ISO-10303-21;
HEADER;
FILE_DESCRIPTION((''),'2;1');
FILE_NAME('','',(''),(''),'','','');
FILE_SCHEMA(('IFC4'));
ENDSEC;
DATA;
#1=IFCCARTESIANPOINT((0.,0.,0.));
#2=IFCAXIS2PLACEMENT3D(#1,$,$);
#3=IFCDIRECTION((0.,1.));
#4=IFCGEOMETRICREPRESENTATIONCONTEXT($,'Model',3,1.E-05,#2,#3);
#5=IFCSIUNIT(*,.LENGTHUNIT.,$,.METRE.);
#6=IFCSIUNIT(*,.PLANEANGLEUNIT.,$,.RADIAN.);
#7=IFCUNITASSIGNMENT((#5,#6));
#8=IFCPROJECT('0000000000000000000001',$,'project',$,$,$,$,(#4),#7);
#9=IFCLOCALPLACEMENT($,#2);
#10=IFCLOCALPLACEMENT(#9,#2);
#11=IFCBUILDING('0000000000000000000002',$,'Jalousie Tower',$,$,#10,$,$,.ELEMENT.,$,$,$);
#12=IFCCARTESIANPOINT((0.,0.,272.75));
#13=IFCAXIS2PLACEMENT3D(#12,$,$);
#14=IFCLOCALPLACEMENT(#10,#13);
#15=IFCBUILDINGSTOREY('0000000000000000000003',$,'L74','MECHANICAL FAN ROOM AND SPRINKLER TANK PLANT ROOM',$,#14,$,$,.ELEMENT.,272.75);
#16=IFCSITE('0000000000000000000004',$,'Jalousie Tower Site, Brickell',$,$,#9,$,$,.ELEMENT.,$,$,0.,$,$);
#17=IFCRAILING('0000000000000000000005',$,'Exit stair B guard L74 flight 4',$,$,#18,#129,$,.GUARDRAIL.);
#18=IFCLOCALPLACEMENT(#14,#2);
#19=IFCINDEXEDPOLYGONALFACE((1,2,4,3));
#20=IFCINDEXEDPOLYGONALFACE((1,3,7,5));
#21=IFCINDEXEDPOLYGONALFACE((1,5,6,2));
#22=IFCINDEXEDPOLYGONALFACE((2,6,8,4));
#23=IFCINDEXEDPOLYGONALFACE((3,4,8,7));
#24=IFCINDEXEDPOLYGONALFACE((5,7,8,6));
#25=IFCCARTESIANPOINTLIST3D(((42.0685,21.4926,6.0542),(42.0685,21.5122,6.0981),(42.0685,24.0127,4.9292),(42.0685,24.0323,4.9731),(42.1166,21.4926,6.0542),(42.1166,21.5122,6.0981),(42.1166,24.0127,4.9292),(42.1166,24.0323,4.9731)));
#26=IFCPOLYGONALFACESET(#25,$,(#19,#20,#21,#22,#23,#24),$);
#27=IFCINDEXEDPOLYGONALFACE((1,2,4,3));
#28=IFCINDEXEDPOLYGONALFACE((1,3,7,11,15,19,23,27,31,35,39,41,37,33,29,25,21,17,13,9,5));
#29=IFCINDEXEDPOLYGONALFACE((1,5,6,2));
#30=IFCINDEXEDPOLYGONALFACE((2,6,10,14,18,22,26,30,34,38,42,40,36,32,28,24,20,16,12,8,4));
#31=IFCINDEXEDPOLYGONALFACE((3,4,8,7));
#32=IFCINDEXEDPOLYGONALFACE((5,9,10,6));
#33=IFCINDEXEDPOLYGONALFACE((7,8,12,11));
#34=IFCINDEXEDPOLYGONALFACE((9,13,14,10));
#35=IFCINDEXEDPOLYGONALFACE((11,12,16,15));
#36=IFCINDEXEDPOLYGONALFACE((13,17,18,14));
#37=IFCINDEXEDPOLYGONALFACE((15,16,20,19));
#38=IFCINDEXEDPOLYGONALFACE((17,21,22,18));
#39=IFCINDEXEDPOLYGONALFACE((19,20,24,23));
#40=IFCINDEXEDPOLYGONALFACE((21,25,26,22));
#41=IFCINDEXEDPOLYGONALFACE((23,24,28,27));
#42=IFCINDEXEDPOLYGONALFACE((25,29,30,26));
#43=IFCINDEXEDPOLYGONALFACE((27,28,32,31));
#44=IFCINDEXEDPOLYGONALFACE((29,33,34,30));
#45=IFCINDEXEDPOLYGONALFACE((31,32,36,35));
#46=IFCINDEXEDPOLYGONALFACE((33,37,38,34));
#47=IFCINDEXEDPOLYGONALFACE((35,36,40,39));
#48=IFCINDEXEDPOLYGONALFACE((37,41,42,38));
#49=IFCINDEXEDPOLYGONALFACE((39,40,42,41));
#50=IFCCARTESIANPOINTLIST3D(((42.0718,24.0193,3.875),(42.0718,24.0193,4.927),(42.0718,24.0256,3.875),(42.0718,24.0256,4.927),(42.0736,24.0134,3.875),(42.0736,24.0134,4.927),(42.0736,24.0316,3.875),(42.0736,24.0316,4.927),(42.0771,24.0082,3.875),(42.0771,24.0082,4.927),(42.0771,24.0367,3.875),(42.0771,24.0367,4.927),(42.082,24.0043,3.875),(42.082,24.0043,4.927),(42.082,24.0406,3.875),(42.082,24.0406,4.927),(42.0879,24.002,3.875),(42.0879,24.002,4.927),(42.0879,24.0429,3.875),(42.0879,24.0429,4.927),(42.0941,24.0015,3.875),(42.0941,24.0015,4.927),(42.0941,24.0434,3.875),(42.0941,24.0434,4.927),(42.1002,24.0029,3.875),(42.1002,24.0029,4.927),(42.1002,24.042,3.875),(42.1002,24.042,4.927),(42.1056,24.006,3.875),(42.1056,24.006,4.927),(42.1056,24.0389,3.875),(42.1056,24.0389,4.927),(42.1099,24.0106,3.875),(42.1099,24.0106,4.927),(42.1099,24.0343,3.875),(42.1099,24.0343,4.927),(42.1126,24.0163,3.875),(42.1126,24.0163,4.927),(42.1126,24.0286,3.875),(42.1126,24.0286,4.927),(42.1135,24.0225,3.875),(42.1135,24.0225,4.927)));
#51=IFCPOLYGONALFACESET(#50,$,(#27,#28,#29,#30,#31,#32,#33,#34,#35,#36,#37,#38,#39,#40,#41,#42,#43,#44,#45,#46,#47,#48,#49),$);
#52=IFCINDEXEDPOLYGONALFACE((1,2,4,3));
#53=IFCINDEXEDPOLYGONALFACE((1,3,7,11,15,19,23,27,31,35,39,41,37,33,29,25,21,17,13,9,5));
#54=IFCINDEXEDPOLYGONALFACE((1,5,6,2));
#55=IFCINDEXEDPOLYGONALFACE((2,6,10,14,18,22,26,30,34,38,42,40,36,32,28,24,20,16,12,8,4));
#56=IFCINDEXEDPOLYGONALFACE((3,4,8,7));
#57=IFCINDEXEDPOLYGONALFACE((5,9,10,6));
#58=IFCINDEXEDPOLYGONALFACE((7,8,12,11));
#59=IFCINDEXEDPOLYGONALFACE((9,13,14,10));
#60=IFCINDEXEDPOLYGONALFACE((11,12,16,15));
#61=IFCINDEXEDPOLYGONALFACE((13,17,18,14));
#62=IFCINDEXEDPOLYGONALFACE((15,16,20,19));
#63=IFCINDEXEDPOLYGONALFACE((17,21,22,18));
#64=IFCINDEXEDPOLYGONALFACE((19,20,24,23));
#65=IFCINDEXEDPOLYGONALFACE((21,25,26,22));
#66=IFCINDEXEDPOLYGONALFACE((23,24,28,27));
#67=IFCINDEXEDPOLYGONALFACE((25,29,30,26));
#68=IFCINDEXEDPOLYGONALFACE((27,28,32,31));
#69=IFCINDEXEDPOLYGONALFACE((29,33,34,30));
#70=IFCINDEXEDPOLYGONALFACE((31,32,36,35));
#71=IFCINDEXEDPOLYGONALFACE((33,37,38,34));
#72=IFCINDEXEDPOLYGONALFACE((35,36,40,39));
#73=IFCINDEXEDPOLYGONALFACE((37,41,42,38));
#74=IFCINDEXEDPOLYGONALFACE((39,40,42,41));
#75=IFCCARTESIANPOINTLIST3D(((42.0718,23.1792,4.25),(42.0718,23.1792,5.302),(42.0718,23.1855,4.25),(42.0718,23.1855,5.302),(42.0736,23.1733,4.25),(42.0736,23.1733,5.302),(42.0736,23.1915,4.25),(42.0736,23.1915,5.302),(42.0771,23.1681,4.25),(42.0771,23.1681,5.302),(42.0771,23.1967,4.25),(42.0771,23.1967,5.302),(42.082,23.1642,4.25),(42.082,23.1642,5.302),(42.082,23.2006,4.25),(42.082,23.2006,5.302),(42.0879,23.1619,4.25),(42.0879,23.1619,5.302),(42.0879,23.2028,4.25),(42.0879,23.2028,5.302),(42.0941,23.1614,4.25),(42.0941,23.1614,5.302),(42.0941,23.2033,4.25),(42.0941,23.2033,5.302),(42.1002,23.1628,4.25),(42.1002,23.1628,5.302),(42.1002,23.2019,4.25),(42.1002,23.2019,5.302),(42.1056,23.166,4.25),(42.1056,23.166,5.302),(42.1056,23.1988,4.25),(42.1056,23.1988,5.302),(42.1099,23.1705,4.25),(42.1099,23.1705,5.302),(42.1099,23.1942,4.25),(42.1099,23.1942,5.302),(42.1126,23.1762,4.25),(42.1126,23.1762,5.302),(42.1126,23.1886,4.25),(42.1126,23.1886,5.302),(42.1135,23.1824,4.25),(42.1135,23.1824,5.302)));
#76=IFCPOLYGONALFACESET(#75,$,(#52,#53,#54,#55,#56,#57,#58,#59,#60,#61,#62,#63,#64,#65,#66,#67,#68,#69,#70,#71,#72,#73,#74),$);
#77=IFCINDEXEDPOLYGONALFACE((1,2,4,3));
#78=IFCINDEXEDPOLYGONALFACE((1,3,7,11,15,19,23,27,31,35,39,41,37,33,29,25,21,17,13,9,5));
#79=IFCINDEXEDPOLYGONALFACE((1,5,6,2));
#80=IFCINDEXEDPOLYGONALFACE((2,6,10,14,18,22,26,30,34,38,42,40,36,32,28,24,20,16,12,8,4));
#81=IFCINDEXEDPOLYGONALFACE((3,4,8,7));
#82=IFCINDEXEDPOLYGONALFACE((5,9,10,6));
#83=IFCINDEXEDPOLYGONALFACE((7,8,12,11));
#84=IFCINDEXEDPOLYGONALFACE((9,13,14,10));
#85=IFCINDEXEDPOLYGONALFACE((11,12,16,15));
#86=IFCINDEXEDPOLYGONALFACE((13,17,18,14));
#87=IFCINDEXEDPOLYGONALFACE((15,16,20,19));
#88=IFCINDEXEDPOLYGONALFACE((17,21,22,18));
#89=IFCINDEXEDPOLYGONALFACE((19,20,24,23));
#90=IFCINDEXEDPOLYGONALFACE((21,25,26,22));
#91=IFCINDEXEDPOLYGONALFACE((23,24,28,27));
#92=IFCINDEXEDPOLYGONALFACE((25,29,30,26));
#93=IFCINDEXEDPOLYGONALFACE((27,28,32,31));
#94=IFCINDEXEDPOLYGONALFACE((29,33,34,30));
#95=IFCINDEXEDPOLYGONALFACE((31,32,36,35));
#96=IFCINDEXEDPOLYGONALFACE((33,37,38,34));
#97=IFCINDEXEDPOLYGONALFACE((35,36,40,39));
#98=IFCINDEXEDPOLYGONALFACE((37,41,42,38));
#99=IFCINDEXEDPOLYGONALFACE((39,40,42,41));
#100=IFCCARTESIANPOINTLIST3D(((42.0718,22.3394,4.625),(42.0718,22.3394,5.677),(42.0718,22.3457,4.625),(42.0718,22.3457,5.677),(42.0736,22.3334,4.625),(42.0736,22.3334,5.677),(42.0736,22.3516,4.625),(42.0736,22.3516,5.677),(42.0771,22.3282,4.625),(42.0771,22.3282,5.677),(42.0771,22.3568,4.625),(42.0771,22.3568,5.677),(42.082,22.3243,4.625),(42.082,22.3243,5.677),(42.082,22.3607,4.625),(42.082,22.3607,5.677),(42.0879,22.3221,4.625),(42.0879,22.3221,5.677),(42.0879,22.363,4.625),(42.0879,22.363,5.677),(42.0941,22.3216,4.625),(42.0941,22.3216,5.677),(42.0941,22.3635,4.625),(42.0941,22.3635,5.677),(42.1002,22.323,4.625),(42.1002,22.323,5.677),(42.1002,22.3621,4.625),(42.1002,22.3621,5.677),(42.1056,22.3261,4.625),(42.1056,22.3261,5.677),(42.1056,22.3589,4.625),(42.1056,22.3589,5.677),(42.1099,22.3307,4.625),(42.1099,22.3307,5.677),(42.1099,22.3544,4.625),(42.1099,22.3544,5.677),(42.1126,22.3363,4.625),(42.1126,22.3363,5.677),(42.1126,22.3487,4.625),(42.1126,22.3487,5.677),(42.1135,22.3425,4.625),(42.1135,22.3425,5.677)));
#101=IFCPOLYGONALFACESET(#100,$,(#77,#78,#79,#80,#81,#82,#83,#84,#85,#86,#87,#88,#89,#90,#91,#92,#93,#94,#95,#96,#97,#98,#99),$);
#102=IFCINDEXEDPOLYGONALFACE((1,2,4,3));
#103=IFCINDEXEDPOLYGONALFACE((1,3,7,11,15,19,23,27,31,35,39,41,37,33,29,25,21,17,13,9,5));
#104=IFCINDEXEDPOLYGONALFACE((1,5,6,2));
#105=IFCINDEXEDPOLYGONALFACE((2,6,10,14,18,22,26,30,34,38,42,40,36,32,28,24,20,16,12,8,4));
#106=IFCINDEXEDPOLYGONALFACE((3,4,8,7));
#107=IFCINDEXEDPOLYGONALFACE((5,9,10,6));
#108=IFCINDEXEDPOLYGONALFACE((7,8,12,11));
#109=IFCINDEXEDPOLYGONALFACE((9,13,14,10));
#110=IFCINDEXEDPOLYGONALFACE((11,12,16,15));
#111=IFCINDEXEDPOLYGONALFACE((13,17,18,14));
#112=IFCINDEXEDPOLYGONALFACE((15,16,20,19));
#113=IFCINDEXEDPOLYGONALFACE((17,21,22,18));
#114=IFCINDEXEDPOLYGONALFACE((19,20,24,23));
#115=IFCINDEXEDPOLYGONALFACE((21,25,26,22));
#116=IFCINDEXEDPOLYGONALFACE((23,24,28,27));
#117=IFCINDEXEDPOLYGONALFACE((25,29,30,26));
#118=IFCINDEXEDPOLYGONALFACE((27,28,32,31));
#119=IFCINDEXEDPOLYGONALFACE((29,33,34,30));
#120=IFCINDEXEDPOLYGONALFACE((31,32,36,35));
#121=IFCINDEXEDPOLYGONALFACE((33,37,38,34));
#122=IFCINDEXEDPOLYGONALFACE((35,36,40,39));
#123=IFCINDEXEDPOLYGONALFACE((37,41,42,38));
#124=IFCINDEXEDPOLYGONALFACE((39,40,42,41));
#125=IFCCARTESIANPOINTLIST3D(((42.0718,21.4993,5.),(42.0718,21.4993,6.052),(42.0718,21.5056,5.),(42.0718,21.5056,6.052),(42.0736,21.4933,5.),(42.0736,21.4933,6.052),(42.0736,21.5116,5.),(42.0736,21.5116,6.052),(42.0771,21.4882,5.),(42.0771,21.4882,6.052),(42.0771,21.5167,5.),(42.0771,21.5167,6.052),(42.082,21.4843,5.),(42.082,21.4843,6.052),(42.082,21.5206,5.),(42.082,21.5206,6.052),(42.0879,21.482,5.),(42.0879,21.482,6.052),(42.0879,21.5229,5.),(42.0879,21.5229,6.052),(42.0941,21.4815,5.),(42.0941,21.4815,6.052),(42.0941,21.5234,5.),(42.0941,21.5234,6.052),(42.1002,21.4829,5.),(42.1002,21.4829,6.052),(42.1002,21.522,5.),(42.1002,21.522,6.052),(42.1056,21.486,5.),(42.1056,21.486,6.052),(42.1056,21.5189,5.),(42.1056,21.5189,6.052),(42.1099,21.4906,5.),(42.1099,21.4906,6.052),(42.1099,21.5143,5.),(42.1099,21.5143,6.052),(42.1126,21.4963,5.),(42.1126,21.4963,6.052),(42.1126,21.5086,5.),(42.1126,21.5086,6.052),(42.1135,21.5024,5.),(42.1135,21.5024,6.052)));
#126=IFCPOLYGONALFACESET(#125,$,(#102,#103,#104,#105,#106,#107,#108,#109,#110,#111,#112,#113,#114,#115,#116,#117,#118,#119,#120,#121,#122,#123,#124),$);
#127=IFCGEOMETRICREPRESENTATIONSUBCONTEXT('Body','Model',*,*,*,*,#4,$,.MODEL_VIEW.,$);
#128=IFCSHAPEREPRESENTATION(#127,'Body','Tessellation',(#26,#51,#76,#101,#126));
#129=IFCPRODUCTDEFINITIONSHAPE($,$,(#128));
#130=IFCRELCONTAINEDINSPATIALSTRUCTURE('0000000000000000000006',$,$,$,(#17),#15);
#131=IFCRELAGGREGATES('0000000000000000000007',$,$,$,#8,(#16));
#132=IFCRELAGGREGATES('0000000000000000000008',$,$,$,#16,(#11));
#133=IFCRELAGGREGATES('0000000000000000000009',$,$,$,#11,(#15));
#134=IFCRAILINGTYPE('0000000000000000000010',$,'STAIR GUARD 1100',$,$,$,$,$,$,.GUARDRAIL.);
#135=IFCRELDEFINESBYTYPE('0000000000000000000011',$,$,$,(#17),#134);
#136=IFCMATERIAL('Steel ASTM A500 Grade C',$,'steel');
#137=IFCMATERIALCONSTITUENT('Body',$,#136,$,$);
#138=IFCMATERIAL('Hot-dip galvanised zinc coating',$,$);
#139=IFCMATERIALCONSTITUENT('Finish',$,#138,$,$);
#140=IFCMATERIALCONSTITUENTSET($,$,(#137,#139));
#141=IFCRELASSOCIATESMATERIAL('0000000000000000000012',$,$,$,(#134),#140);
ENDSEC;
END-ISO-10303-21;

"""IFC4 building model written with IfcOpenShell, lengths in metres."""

from ifc_helpers import new_model, si_unit, direction, frame, origin, origin_2d, place, context, subcontext, project, spatial, rectangle, circle, extrude, material, constituent, constituent_set, type_object, element, save


model = new_model("IFC4")

# Units and contexts
model_context = context("Model", 3, precision=1e-05, world=origin(), true_north=direction((0.0, 1.0)))
body_context = subcontext(model_context, "Body", "Model", "MODEL_VIEW")
ifc_project = project(units=[si_unit("LENGTHUNIT", "METRE"), si_unit("PLANEANGLEUNIT", "RADIAN")], contexts=[model_context])

# Site, building, storey
site_placement = place(None, origin())
site = spatial("IfcSite", under=ifc_project, at=site_placement, Name="Jalousie Tower Site, Brickell", CompositionType="ELEMENT", RefElevation=0.0)
building_placement = place(site_placement, origin())
building = spatial("IfcBuilding", under=site, at=building_placement, Name="Jalousie Tower", CompositionType="ELEMENT")
storey_placement = place(building_placement, frame((0.0, 0.0, 272.75)))
storey = spatial("IfcBuildingStorey", under=building, at=storey_placement, Name="L74", Description="MECHANICAL FAN ROOM AND SPRINKLER TANK PLANT ROOM", CompositionType="ELEMENT", Elevation=272.75)

# Railing
ifc_material_1 = material(Name="Steel ASTM A500 Grade C", Category="steel")
ifc_constituent_1 = constituent(ifc_material_1, Name="Body")
ifc_material_2 = material(Name="Hot-dip galvanised zinc coating")
ifc_constituent_2 = constituent(ifc_material_2, Name="Finish")
ifc_constituent_set_1 = constituent_set(constituents=[ifc_constituent_1, ifc_constituent_2])
railing_type_1 = type_object("IfcRailingType", Name="STAIR GUARD 1100", PredefinedType="GUARDRAIL", material=ifc_constituent_set_1)
railing_1_placement = place(storey_placement, frame((42.0925, 24.0225, 3.875)))
element("IfcRailing", 1, at=railing_1_placement, inside=storey, type_object=railing_type_1, Name="Exit stair B guard L74 flight 4", PredefinedType="GUARDRAIL", context=body_context, shape_type="SweptSolid", body=[
    extrude(rectangle(XDim=0.0481, YDim=0.0481, at=origin_2d()), frame((0.0, 0.0, 1.0762), z_axis=(0.0, -0.913139, 0.407648), x_axis=(1.0, 0.0, 0.0)), (0.0, 0.0, 1.0), 2.7598),
    extrude(circle(Radius=0.021, at=origin_2d()), origin(), (0.0, 0.0, 1.0), 1.052),
    extrude(circle(Radius=0.021, at=origin_2d()), frame((0.0, -0.8401, 0.375)), (0.0, 0.0, 1.0), 1.052),
    extrude(circle(Radius=0.021, at=origin_2d()), frame((0.0, -1.6799, 0.75)), (0.0, 0.0, 1.0), 1.052),
    extrude(circle(Radius=0.021, at=origin_2d()), frame((0.0, -2.52, 1.125)), (0.0, 0.0, 1.0), 1.052),
])

save(model, "model.ifc")
